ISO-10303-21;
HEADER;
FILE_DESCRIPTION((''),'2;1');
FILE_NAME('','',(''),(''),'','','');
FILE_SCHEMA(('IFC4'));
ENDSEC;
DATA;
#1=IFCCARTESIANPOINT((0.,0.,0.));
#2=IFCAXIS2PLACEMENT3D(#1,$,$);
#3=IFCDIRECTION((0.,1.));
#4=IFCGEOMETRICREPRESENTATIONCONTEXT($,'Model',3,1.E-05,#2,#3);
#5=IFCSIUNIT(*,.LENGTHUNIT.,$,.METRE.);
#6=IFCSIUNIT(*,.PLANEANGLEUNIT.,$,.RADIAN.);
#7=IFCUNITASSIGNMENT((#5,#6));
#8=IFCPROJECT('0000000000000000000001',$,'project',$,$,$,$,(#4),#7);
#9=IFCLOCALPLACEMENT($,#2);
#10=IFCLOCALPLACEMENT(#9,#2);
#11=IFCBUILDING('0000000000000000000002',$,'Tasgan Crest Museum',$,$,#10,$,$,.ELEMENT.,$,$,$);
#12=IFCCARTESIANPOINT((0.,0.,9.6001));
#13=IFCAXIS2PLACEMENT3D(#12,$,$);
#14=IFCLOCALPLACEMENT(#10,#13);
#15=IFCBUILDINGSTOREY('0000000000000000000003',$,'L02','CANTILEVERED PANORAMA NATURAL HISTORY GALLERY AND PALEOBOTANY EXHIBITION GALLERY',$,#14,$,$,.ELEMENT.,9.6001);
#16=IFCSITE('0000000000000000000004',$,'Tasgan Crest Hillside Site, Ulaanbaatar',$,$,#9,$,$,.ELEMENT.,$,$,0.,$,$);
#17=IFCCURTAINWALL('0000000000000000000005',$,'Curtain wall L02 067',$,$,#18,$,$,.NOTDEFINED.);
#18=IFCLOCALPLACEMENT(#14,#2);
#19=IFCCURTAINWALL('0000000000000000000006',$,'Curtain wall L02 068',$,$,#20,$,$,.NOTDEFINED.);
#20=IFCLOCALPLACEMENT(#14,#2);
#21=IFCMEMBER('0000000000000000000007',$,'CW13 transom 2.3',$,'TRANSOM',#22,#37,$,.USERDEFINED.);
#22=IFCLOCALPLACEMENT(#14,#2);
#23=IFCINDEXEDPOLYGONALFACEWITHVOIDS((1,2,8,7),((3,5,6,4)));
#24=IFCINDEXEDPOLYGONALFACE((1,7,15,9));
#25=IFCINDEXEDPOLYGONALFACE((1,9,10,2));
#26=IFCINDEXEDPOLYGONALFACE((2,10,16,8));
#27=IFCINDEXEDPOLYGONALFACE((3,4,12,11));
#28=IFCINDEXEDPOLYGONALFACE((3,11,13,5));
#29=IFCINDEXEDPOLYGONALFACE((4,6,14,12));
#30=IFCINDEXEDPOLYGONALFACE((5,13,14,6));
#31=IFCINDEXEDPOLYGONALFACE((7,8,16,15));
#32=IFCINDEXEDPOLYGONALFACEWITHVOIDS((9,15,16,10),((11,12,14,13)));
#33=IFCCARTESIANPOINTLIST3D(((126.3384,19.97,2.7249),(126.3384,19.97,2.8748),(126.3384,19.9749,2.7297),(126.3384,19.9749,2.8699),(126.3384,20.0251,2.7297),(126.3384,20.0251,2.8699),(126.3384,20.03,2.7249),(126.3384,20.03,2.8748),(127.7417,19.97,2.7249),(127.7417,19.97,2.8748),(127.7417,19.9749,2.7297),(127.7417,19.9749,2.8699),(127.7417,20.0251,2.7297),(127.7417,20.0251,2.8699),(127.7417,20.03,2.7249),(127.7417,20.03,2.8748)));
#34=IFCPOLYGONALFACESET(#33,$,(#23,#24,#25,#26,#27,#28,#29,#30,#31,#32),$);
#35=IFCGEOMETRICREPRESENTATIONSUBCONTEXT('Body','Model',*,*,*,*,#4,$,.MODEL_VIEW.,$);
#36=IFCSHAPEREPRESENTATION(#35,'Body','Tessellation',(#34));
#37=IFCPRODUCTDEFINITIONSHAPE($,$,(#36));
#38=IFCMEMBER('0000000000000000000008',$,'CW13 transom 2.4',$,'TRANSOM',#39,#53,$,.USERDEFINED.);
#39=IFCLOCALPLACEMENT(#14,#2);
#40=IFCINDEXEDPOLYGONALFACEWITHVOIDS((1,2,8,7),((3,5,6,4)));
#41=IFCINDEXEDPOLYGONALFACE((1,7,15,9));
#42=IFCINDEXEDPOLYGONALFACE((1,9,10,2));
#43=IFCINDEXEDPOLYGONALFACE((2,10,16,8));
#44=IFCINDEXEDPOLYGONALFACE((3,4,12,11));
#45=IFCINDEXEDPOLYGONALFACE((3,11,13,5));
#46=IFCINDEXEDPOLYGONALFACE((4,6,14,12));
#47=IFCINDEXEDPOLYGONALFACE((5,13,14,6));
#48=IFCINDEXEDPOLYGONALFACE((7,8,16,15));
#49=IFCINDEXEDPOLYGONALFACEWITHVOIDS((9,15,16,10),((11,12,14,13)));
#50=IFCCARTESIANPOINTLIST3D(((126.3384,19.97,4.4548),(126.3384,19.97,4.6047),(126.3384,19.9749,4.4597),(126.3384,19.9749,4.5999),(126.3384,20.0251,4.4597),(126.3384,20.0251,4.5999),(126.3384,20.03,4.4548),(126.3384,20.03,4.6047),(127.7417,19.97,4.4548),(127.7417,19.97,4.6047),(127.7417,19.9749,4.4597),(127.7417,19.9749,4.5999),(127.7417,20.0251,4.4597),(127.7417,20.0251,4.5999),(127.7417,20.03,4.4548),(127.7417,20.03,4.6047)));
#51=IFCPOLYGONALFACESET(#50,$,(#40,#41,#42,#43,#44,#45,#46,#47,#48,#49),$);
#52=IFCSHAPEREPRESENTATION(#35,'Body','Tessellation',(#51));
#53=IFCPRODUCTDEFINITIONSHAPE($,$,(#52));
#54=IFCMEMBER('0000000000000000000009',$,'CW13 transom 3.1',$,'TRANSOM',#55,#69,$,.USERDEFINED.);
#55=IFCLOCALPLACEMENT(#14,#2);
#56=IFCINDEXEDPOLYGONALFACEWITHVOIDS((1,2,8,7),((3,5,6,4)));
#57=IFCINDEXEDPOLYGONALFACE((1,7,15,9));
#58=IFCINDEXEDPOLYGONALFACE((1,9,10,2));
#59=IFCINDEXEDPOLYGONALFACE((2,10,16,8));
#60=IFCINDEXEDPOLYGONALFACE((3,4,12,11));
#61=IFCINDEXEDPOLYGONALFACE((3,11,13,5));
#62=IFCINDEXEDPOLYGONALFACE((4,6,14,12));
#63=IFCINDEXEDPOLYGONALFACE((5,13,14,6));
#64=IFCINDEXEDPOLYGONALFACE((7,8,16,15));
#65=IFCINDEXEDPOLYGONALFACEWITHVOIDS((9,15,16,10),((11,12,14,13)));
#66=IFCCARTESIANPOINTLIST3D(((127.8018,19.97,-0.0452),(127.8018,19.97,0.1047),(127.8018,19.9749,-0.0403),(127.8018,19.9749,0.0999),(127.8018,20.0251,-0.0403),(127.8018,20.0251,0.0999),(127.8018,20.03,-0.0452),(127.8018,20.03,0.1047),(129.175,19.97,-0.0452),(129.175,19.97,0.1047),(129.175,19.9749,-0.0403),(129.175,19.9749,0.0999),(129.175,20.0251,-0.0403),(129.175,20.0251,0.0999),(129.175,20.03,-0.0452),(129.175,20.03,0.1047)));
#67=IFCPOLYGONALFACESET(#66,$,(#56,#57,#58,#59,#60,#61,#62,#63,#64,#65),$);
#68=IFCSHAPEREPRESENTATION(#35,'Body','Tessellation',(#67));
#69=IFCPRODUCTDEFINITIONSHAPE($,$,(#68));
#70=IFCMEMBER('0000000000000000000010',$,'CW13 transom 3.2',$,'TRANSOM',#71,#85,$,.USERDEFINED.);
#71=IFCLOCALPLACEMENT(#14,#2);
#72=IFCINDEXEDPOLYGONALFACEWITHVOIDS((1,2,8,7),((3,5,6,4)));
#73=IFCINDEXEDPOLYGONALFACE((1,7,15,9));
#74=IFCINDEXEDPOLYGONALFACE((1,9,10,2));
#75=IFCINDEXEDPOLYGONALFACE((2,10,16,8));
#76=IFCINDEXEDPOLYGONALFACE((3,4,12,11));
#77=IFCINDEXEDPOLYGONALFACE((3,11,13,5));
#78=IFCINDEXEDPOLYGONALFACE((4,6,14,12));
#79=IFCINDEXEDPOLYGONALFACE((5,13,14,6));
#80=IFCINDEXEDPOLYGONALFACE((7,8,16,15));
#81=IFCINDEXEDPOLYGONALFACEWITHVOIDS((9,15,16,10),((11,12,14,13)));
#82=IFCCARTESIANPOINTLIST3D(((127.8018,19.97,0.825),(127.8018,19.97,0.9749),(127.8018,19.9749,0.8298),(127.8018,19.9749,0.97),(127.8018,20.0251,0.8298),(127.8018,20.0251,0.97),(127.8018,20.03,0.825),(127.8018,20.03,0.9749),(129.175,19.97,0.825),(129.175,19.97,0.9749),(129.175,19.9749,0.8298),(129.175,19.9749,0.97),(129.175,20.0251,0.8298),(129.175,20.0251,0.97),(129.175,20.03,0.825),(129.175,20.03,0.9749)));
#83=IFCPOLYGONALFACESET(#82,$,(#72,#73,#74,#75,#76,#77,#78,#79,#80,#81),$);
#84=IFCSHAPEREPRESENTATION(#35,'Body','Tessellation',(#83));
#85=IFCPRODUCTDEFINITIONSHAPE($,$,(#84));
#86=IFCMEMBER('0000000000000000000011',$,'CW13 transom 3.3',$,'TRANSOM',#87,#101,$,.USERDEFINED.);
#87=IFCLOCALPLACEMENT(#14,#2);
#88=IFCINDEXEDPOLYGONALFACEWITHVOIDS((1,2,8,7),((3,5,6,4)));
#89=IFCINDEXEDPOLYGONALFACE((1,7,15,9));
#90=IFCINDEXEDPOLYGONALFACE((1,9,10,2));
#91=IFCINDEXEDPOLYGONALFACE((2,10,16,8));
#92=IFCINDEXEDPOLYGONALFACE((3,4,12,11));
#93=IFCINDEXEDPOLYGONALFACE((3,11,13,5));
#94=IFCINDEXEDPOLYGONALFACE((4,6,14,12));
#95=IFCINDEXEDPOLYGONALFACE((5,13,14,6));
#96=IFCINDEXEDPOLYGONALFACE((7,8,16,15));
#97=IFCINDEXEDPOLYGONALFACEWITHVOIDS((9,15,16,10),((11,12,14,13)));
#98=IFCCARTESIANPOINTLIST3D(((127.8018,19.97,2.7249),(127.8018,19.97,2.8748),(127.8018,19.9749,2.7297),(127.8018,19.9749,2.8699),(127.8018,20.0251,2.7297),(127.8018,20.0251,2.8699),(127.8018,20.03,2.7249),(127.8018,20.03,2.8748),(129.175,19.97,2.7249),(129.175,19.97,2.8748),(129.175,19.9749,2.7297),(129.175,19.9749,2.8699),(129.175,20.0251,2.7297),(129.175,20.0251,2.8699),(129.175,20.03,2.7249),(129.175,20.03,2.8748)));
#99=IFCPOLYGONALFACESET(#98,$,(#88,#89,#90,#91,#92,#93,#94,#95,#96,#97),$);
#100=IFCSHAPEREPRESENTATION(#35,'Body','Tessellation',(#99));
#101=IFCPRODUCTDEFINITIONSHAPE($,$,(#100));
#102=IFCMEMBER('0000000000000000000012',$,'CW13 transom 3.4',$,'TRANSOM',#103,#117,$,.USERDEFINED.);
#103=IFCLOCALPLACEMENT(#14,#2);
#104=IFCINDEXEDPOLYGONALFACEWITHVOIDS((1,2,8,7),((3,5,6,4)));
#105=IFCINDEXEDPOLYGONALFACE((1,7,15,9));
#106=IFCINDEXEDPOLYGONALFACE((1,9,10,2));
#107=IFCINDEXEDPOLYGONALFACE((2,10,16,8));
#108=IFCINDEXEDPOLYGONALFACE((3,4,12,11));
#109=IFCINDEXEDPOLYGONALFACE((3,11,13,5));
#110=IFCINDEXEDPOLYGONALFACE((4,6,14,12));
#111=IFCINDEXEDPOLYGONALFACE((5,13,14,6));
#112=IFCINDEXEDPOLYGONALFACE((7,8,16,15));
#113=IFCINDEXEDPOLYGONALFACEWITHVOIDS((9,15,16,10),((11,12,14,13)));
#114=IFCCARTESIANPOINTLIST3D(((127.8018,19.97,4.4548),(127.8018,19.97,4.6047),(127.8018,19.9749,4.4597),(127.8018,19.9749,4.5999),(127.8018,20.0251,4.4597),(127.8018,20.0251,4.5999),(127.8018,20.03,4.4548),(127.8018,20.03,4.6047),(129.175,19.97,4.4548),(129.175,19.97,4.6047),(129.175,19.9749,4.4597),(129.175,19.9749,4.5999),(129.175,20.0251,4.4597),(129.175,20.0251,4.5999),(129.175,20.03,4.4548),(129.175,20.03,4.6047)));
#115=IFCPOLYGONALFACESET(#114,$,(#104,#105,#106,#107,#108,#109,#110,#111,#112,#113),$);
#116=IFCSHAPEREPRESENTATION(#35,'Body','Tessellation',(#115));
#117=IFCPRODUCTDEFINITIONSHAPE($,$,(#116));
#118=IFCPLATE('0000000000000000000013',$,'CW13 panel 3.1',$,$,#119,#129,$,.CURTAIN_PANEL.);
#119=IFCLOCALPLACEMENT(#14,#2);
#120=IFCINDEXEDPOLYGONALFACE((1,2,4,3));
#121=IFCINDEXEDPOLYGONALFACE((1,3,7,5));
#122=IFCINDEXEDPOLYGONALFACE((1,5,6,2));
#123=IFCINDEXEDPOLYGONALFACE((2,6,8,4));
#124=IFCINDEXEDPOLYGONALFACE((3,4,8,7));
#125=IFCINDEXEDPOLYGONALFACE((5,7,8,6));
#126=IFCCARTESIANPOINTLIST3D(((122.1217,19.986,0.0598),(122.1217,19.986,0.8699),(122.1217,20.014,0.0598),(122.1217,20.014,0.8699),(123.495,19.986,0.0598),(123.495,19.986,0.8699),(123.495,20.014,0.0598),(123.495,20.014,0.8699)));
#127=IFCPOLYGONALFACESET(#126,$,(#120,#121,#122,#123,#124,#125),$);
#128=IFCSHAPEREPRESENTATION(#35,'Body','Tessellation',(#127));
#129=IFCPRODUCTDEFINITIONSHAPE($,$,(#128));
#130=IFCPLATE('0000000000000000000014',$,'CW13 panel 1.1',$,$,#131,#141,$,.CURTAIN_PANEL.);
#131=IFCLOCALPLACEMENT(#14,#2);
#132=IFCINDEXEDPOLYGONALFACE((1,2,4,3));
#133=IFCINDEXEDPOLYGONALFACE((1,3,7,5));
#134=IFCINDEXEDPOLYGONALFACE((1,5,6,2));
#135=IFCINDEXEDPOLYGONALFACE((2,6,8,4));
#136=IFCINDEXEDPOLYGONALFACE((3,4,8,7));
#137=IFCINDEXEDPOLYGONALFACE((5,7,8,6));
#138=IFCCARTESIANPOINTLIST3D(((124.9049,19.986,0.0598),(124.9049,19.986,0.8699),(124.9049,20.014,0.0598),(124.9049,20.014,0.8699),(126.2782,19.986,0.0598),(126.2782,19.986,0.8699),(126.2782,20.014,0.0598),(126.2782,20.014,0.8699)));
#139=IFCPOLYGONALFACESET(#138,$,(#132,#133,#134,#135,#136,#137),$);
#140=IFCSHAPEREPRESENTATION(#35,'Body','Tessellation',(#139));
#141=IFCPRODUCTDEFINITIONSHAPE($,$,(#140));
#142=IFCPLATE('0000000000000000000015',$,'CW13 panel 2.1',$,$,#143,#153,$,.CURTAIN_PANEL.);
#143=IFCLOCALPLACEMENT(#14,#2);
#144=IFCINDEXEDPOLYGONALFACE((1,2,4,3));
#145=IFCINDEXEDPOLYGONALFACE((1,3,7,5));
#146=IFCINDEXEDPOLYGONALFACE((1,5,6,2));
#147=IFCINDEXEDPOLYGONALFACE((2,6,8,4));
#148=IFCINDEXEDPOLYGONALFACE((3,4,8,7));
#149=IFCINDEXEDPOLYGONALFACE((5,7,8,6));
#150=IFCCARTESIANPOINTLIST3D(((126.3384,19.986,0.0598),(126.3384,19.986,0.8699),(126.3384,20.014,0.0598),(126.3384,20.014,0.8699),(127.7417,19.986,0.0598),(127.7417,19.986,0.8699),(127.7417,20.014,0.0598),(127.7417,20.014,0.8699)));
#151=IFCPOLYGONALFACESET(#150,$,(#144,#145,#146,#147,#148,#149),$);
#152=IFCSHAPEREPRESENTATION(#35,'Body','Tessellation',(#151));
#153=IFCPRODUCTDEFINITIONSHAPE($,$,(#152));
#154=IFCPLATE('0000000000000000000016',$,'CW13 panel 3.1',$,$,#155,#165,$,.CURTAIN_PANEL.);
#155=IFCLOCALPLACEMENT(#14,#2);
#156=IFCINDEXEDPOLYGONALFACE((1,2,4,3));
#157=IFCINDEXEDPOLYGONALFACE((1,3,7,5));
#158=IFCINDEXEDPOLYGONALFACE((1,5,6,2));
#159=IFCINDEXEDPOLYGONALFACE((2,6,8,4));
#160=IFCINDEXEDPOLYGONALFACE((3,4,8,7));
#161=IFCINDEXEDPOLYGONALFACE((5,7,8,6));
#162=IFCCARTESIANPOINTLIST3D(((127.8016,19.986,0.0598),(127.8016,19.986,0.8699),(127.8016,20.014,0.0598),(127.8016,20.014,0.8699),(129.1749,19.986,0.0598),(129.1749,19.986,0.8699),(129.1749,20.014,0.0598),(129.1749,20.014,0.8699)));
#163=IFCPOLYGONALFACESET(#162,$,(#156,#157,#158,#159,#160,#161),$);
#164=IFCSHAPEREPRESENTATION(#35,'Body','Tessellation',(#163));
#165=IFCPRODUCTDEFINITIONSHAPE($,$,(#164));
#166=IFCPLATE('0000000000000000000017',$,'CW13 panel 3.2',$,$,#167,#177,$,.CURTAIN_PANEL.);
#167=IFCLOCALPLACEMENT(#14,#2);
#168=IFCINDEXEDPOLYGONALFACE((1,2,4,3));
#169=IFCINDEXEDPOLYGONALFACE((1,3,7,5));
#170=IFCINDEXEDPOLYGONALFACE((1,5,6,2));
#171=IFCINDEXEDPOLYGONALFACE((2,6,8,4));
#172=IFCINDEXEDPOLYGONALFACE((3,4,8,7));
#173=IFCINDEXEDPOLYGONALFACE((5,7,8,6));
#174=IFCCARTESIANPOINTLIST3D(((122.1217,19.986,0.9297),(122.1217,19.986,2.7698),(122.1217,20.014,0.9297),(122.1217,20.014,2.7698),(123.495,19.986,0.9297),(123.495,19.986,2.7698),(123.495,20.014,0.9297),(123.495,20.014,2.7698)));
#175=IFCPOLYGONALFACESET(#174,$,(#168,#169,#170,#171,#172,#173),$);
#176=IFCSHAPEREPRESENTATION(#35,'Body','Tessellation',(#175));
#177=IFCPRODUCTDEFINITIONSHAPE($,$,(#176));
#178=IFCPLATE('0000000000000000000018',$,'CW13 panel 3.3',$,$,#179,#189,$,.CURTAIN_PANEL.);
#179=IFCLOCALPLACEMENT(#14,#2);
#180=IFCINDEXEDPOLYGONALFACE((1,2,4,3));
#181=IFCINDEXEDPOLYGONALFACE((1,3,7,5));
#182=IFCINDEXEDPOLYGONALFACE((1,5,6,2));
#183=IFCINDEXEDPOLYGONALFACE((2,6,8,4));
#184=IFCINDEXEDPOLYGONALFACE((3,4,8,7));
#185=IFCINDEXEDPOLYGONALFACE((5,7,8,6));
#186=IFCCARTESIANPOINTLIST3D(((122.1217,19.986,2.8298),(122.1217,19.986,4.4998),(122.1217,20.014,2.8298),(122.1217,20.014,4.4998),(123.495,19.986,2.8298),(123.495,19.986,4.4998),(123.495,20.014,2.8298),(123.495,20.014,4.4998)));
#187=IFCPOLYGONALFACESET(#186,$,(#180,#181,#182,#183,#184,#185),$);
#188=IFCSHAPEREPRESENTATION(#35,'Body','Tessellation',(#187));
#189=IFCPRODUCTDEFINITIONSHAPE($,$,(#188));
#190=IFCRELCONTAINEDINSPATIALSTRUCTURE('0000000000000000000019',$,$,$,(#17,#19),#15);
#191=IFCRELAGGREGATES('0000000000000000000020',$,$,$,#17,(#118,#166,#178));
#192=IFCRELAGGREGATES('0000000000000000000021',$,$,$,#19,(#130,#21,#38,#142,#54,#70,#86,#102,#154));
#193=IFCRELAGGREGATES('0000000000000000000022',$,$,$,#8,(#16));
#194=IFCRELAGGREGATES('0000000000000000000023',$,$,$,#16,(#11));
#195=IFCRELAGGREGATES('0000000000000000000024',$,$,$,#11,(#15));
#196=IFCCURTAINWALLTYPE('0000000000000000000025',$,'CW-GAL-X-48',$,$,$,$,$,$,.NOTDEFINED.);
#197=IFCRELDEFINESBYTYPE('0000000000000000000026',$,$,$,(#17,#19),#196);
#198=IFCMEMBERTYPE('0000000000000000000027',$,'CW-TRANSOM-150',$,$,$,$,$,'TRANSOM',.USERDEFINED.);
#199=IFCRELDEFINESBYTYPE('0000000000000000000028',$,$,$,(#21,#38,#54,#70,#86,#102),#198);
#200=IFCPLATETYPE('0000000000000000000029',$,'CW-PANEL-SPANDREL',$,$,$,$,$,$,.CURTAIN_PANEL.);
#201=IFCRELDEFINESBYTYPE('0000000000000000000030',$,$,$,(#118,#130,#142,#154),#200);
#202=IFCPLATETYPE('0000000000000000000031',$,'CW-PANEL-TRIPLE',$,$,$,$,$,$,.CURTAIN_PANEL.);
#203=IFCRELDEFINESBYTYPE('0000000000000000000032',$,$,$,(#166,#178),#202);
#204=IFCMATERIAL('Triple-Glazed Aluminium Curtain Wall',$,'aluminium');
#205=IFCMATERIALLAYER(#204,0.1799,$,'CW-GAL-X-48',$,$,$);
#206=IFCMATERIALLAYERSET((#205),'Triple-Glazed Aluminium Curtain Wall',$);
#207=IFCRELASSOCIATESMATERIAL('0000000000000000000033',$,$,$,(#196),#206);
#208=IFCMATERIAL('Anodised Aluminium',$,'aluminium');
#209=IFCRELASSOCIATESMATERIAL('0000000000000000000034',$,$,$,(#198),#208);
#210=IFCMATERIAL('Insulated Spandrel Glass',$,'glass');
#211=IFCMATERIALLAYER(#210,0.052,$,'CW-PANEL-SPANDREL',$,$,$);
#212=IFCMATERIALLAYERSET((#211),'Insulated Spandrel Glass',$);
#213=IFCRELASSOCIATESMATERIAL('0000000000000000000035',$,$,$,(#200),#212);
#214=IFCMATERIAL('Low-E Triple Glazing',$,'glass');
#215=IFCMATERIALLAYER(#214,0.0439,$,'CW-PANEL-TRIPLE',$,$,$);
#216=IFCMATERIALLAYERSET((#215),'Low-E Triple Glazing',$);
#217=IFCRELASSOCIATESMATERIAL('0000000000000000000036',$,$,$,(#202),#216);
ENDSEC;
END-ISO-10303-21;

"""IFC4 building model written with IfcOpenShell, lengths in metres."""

from ifc_helpers import new_model, si_unit, direction, frame, origin, origin_2d, place, context, subcontext, project, spatial, rectangle, hollow_rectangle, extrude, material, layer, layer_set, material_profile, profile_set, type_object, element, aggregate, save


model = new_model("IFC4")

# Units and contexts
model_context = context("Model", 3, precision=1e-05, world=origin(), true_north=direction((0.0, 1.0)))
body_context = subcontext(model_context, "Body", "Model", "MODEL_VIEW")
ifc_project = project(units=[si_unit("LENGTHUNIT", "METRE"), si_unit("PLANEANGLEUNIT", "RADIAN")], contexts=[model_context])

# Site, building, storey
site_placement = place(None, origin())
site = spatial("IfcSite", under=ifc_project, at=site_placement, Name="Tasgan Crest Hillside Site, Ulaanbaatar", CompositionType="ELEMENT", RefElevation=0.0)
building_placement = place(site_placement, origin())
building = spatial("IfcBuilding", under=site, at=building_placement, Name="Tasgan Crest Museum", CompositionType="ELEMENT")
storey_placement = place(building_placement, frame((0.0, 0.0, 9.6001)))
storey = spatial("IfcBuildingStorey", under=building, at=storey_placement, Name="L02", Description="CANTILEVERED PANORAMA NATURAL HISTORY GALLERY AND PALEOBOTANY EXHIBITION GALLERY", CompositionType="ELEMENT", Elevation=9.6001)

# Curtain walls
ifc_material_1 = material(Name="Triple-Glazed Aluminium Curtain Wall", Category="aluminium")
ifc_layer_1 = layer(ifc_material_1, 0.1799, Name="CW-GAL-X-48")
ifc_layer_set_1 = layer_set([ifc_layer_1], Name="Triple-Glazed Aluminium Curtain Wall")
curtain_wall_type = type_object("IfcCurtainWallType", Name="CW-GAL-X-48", PredefinedType="NOTDEFINED", material=ifc_layer_set_1)
curtain_wall_1_placement = place(storey_placement, origin())
curtain_wall_1 = element("IfcCurtainWall", 1, at=curtain_wall_1_placement, inside=storey, type_object=curtain_wall_type, Name="Curtain wall L02 067", PredefinedType="NOTDEFINED")
curtain_wall_2_placement = place(storey_placement, origin())
curtain_wall_2 = element("IfcCurtainWall", 2, at=curtain_wall_2_placement, inside=storey, type_object=curtain_wall_type, Name="Curtain wall L02 068", PredefinedType="NOTDEFINED")

# Members
ifc_material_2 = material(Name="Anodised Aluminium", Category="aluminium")
ifc_material_profile_1 = material_profile(ifc_material_2, hollow_rectangle(XDim=0.0601, YDim=0.1499, WallThickness=0.0049, at=origin_2d()), Name="ALU TRANSOM 150x60x5")
ifc_profile_set_1 = profile_set([ifc_material_profile_1], Name="Anodised Aluminium")
member_type_1 = type_object("IfcMemberType", Name="CW-TRANSOM-150", ElementType="TRANSOM", PredefinedType="USERDEFINED", material=ifc_profile_set_1)
member_1_placement = place(storey_placement, frame((126.3384, 20.0, 2.7998), z_axis=(1.0, 0.0, 0.0), x_axis=(0.0, 1.0, 0.0)))
member_1 = element("IfcMember", 3, at=member_1_placement, type_object=member_type_1, Name="CW13 transom 2.3", ObjectType="TRANSOM", PredefinedType="USERDEFINED", context=body_context, shape_type="SweptSolid", body=[
    extrude(hollow_rectangle(XDim=0.0601, YDim=0.1499, WallThickness=0.0049, at=origin_2d()), origin(), (0.0, 0.0, 1.0), 1.4033),
])
member_2_placement = place(storey_placement, frame((126.3384, 20.0, 4.5298), z_axis=(1.0, 0.0, 0.0), x_axis=(0.0, 1.0, 0.0)))
member_2 = element("IfcMember", 4, at=member_2_placement, type_object=member_type_1, Name="CW13 transom 2.4", ObjectType="TRANSOM", PredefinedType="USERDEFINED", context=body_context, shape_type="SweptSolid", body=[
    extrude(hollow_rectangle(XDim=0.0601, YDim=0.1499, WallThickness=0.0049, at=origin_2d()), origin(), (0.0, 0.0, 1.0), 1.4033),
])
member_3_placement = place(storey_placement, frame((127.8018, 20.0, 0.0298), z_axis=(1.0, 0.0, 0.0), x_axis=(0.0, 1.0, 0.0)))
member_3 = element("IfcMember", 5, at=member_3_placement, type_object=member_type_1, Name="CW13 transom 3.1", ObjectType="TRANSOM", PredefinedType="USERDEFINED", context=body_context, shape_type="SweptSolid", body=[
    extrude(hollow_rectangle(XDim=0.0601, YDim=0.1499, WallThickness=0.0049, at=origin_2d()), origin(), (0.0, 0.0, 1.0), 1.3733),
])
member_4_placement = place(storey_placement, frame((127.8018, 20.0, 0.8999), z_axis=(1.0, 0.0, 0.0), x_axis=(0.0, 1.0, 0.0)))
member_4 = element("IfcMember", 6, at=member_4_placement, type_object=member_type_1, Name="CW13 transom 3.2", ObjectType="TRANSOM", PredefinedType="USERDEFINED", context=body_context, shape_type="SweptSolid", body=[
    extrude(hollow_rectangle(XDim=0.0601, YDim=0.1499, WallThickness=0.0049, at=origin_2d()), origin(), (0.0, 0.0, 1.0), 1.3733),
])
member_5_placement = place(storey_placement, frame((127.8018, 20.0, 2.7998), z_axis=(1.0, 0.0, 0.0), x_axis=(0.0, 1.0, 0.0)))
member_5 = element("IfcMember", 7, at=member_5_placement, type_object=member_type_1, Name="CW13 transom 3.3", ObjectType="TRANSOM", PredefinedType="USERDEFINED", context=body_context, shape_type="SweptSolid", body=[
    extrude(hollow_rectangle(XDim=0.0601, YDim=0.1499, WallThickness=0.0049, at=origin_2d()), origin(), (0.0, 0.0, 1.0), 1.3733),
])
member_6_placement = place(storey_placement, frame((127.8018, 20.0, 4.5298), z_axis=(1.0, 0.0, 0.0), x_axis=(0.0, 1.0, 0.0)))
member_6 = element("IfcMember", 8, at=member_6_placement, type_object=member_type_1, Name="CW13 transom 3.4", ObjectType="TRANSOM", PredefinedType="USERDEFINED", context=body_context, shape_type="SweptSolid", body=[
    extrude(hollow_rectangle(XDim=0.0601, YDim=0.1499, WallThickness=0.0049, at=origin_2d()), origin(), (0.0, 0.0, 1.0), 1.3733),
])

# Plates
ifc_material_3 = material(Name="Insulated Spandrel Glass", Category="glass")
ifc_layer_2 = layer(ifc_material_3, 0.052, Name="CW-PANEL-SPANDREL")
ifc_layer_set_2 = layer_set([ifc_layer_2], Name="Insulated Spandrel Glass")
plate_type_1 = type_object("IfcPlateType", Name="CW-PANEL-SPANDREL", PredefinedType="CURTAIN_PANEL", material=ifc_layer_set_2)
plate_1_placement = place(storey_placement, frame((122.8083, 20.0, 0.0598), z_axis=(0.0, 0.0, 1.0), x_axis=(1.0, 0.0, 0.0)))
plate_1 = element("IfcPlate", 9, at=plate_1_placement, type_object=plate_type_1, Name="CW13 panel 3.1", PredefinedType="CURTAIN_PANEL", context=body_context, shape_type="SweptSolid", body=[
    extrude(rectangle(XDim=1.3733, YDim=0.0281, at=origin_2d()), origin(), (0.0, 0.0, 1.0), 0.8101),
])
plate_2_placement = place(storey_placement, frame((125.5916, 20.0, 0.0598), z_axis=(0.0, 0.0, 1.0), x_axis=(1.0, 0.0, 0.0)))
plate_2 = element("IfcPlate", 10, at=plate_2_placement, type_object=plate_type_1, Name="CW13 panel 1.1", PredefinedType="CURTAIN_PANEL", context=body_context, shape_type="SweptSolid", body=[
    extrude(rectangle(XDim=1.3733, YDim=0.0281, at=origin_2d()), origin(), (0.0, 0.0, 1.0), 0.8101),
])
plate_3_placement = place(storey_placement, frame((127.04, 20.0, 0.0598), z_axis=(0.0, 0.0, 1.0), x_axis=(1.0, 0.0, 0.0)))
plate_3 = element("IfcPlate", 11, at=plate_3_placement, type_object=plate_type_1, Name="CW13 panel 2.1", PredefinedType="CURTAIN_PANEL", context=body_context, shape_type="SweptSolid", body=[
    extrude(rectangle(XDim=1.4033, YDim=0.0281, at=origin_2d()), origin(), (0.0, 0.0, 1.0), 0.8101),
])
plate_4_placement = place(storey_placement, frame((128.4883, 20.0, 0.0598), z_axis=(0.0, 0.0, 1.0), x_axis=(1.0, 0.0, 0.0)))
plate_4 = element("IfcPlate", 12, at=plate_4_placement, type_object=plate_type_1, Name="CW13 panel 3.1", PredefinedType="CURTAIN_PANEL", context=body_context, shape_type="SweptSolid", body=[
    extrude(rectangle(XDim=1.3733, YDim=0.0281, at=origin_2d()), origin(), (0.0, 0.0, 1.0), 0.8101),
])
ifc_material_4 = material(Name="Low-E Triple Glazing", Category="glass")
ifc_layer_3 = layer(ifc_material_4, 0.0439, Name="CW-PANEL-TRIPLE")
ifc_layer_set_3 = layer_set([ifc_layer_3], Name="Low-E Triple Glazing")
plate_type_2 = type_object("IfcPlateType", Name="CW-PANEL-TRIPLE", PredefinedType="CURTAIN_PANEL", material=ifc_layer_set_3)
plate_5_placement = place(storey_placement, frame((122.8083, 20.0, 0.9297), z_axis=(0.0, 0.0, 1.0), x_axis=(1.0, 0.0, 0.0)))
plate_5 = element("IfcPlate", 13, at=plate_5_placement, type_object=plate_type_2, Name="CW13 panel 3.2", PredefinedType="CURTAIN_PANEL", context=body_context, shape_type="SweptSolid", body=[
    extrude(rectangle(XDim=1.3733, YDim=0.0281, at=origin_2d()), origin(), (0.0, 0.0, 1.0), 1.8401),
])
plate_6_placement = place(storey_placement, frame((122.8083, 20.0, 2.8298), z_axis=(0.0, 0.0, 1.0), x_axis=(1.0, 0.0, 0.0)))
plate_6 = element("IfcPlate", 14, at=plate_6_placement, type_object=plate_type_2, Name="CW13 panel 3.3", PredefinedType="CURTAIN_PANEL", context=body_context, shape_type="SweptSolid", body=[
    extrude(rectangle(XDim=1.3733, YDim=0.0281, at=origin_2d()), origin(), (0.0, 0.0, 1.0), 1.6699),
])
aggregate(curtain_wall_1, [plate_1, plate_5, plate_6])
aggregate(curtain_wall_2, [plate_2, member_1, member_2, plate_3, member_3, member_4, member_5, member_6, plate_4])

save(model, "model.ifc")
